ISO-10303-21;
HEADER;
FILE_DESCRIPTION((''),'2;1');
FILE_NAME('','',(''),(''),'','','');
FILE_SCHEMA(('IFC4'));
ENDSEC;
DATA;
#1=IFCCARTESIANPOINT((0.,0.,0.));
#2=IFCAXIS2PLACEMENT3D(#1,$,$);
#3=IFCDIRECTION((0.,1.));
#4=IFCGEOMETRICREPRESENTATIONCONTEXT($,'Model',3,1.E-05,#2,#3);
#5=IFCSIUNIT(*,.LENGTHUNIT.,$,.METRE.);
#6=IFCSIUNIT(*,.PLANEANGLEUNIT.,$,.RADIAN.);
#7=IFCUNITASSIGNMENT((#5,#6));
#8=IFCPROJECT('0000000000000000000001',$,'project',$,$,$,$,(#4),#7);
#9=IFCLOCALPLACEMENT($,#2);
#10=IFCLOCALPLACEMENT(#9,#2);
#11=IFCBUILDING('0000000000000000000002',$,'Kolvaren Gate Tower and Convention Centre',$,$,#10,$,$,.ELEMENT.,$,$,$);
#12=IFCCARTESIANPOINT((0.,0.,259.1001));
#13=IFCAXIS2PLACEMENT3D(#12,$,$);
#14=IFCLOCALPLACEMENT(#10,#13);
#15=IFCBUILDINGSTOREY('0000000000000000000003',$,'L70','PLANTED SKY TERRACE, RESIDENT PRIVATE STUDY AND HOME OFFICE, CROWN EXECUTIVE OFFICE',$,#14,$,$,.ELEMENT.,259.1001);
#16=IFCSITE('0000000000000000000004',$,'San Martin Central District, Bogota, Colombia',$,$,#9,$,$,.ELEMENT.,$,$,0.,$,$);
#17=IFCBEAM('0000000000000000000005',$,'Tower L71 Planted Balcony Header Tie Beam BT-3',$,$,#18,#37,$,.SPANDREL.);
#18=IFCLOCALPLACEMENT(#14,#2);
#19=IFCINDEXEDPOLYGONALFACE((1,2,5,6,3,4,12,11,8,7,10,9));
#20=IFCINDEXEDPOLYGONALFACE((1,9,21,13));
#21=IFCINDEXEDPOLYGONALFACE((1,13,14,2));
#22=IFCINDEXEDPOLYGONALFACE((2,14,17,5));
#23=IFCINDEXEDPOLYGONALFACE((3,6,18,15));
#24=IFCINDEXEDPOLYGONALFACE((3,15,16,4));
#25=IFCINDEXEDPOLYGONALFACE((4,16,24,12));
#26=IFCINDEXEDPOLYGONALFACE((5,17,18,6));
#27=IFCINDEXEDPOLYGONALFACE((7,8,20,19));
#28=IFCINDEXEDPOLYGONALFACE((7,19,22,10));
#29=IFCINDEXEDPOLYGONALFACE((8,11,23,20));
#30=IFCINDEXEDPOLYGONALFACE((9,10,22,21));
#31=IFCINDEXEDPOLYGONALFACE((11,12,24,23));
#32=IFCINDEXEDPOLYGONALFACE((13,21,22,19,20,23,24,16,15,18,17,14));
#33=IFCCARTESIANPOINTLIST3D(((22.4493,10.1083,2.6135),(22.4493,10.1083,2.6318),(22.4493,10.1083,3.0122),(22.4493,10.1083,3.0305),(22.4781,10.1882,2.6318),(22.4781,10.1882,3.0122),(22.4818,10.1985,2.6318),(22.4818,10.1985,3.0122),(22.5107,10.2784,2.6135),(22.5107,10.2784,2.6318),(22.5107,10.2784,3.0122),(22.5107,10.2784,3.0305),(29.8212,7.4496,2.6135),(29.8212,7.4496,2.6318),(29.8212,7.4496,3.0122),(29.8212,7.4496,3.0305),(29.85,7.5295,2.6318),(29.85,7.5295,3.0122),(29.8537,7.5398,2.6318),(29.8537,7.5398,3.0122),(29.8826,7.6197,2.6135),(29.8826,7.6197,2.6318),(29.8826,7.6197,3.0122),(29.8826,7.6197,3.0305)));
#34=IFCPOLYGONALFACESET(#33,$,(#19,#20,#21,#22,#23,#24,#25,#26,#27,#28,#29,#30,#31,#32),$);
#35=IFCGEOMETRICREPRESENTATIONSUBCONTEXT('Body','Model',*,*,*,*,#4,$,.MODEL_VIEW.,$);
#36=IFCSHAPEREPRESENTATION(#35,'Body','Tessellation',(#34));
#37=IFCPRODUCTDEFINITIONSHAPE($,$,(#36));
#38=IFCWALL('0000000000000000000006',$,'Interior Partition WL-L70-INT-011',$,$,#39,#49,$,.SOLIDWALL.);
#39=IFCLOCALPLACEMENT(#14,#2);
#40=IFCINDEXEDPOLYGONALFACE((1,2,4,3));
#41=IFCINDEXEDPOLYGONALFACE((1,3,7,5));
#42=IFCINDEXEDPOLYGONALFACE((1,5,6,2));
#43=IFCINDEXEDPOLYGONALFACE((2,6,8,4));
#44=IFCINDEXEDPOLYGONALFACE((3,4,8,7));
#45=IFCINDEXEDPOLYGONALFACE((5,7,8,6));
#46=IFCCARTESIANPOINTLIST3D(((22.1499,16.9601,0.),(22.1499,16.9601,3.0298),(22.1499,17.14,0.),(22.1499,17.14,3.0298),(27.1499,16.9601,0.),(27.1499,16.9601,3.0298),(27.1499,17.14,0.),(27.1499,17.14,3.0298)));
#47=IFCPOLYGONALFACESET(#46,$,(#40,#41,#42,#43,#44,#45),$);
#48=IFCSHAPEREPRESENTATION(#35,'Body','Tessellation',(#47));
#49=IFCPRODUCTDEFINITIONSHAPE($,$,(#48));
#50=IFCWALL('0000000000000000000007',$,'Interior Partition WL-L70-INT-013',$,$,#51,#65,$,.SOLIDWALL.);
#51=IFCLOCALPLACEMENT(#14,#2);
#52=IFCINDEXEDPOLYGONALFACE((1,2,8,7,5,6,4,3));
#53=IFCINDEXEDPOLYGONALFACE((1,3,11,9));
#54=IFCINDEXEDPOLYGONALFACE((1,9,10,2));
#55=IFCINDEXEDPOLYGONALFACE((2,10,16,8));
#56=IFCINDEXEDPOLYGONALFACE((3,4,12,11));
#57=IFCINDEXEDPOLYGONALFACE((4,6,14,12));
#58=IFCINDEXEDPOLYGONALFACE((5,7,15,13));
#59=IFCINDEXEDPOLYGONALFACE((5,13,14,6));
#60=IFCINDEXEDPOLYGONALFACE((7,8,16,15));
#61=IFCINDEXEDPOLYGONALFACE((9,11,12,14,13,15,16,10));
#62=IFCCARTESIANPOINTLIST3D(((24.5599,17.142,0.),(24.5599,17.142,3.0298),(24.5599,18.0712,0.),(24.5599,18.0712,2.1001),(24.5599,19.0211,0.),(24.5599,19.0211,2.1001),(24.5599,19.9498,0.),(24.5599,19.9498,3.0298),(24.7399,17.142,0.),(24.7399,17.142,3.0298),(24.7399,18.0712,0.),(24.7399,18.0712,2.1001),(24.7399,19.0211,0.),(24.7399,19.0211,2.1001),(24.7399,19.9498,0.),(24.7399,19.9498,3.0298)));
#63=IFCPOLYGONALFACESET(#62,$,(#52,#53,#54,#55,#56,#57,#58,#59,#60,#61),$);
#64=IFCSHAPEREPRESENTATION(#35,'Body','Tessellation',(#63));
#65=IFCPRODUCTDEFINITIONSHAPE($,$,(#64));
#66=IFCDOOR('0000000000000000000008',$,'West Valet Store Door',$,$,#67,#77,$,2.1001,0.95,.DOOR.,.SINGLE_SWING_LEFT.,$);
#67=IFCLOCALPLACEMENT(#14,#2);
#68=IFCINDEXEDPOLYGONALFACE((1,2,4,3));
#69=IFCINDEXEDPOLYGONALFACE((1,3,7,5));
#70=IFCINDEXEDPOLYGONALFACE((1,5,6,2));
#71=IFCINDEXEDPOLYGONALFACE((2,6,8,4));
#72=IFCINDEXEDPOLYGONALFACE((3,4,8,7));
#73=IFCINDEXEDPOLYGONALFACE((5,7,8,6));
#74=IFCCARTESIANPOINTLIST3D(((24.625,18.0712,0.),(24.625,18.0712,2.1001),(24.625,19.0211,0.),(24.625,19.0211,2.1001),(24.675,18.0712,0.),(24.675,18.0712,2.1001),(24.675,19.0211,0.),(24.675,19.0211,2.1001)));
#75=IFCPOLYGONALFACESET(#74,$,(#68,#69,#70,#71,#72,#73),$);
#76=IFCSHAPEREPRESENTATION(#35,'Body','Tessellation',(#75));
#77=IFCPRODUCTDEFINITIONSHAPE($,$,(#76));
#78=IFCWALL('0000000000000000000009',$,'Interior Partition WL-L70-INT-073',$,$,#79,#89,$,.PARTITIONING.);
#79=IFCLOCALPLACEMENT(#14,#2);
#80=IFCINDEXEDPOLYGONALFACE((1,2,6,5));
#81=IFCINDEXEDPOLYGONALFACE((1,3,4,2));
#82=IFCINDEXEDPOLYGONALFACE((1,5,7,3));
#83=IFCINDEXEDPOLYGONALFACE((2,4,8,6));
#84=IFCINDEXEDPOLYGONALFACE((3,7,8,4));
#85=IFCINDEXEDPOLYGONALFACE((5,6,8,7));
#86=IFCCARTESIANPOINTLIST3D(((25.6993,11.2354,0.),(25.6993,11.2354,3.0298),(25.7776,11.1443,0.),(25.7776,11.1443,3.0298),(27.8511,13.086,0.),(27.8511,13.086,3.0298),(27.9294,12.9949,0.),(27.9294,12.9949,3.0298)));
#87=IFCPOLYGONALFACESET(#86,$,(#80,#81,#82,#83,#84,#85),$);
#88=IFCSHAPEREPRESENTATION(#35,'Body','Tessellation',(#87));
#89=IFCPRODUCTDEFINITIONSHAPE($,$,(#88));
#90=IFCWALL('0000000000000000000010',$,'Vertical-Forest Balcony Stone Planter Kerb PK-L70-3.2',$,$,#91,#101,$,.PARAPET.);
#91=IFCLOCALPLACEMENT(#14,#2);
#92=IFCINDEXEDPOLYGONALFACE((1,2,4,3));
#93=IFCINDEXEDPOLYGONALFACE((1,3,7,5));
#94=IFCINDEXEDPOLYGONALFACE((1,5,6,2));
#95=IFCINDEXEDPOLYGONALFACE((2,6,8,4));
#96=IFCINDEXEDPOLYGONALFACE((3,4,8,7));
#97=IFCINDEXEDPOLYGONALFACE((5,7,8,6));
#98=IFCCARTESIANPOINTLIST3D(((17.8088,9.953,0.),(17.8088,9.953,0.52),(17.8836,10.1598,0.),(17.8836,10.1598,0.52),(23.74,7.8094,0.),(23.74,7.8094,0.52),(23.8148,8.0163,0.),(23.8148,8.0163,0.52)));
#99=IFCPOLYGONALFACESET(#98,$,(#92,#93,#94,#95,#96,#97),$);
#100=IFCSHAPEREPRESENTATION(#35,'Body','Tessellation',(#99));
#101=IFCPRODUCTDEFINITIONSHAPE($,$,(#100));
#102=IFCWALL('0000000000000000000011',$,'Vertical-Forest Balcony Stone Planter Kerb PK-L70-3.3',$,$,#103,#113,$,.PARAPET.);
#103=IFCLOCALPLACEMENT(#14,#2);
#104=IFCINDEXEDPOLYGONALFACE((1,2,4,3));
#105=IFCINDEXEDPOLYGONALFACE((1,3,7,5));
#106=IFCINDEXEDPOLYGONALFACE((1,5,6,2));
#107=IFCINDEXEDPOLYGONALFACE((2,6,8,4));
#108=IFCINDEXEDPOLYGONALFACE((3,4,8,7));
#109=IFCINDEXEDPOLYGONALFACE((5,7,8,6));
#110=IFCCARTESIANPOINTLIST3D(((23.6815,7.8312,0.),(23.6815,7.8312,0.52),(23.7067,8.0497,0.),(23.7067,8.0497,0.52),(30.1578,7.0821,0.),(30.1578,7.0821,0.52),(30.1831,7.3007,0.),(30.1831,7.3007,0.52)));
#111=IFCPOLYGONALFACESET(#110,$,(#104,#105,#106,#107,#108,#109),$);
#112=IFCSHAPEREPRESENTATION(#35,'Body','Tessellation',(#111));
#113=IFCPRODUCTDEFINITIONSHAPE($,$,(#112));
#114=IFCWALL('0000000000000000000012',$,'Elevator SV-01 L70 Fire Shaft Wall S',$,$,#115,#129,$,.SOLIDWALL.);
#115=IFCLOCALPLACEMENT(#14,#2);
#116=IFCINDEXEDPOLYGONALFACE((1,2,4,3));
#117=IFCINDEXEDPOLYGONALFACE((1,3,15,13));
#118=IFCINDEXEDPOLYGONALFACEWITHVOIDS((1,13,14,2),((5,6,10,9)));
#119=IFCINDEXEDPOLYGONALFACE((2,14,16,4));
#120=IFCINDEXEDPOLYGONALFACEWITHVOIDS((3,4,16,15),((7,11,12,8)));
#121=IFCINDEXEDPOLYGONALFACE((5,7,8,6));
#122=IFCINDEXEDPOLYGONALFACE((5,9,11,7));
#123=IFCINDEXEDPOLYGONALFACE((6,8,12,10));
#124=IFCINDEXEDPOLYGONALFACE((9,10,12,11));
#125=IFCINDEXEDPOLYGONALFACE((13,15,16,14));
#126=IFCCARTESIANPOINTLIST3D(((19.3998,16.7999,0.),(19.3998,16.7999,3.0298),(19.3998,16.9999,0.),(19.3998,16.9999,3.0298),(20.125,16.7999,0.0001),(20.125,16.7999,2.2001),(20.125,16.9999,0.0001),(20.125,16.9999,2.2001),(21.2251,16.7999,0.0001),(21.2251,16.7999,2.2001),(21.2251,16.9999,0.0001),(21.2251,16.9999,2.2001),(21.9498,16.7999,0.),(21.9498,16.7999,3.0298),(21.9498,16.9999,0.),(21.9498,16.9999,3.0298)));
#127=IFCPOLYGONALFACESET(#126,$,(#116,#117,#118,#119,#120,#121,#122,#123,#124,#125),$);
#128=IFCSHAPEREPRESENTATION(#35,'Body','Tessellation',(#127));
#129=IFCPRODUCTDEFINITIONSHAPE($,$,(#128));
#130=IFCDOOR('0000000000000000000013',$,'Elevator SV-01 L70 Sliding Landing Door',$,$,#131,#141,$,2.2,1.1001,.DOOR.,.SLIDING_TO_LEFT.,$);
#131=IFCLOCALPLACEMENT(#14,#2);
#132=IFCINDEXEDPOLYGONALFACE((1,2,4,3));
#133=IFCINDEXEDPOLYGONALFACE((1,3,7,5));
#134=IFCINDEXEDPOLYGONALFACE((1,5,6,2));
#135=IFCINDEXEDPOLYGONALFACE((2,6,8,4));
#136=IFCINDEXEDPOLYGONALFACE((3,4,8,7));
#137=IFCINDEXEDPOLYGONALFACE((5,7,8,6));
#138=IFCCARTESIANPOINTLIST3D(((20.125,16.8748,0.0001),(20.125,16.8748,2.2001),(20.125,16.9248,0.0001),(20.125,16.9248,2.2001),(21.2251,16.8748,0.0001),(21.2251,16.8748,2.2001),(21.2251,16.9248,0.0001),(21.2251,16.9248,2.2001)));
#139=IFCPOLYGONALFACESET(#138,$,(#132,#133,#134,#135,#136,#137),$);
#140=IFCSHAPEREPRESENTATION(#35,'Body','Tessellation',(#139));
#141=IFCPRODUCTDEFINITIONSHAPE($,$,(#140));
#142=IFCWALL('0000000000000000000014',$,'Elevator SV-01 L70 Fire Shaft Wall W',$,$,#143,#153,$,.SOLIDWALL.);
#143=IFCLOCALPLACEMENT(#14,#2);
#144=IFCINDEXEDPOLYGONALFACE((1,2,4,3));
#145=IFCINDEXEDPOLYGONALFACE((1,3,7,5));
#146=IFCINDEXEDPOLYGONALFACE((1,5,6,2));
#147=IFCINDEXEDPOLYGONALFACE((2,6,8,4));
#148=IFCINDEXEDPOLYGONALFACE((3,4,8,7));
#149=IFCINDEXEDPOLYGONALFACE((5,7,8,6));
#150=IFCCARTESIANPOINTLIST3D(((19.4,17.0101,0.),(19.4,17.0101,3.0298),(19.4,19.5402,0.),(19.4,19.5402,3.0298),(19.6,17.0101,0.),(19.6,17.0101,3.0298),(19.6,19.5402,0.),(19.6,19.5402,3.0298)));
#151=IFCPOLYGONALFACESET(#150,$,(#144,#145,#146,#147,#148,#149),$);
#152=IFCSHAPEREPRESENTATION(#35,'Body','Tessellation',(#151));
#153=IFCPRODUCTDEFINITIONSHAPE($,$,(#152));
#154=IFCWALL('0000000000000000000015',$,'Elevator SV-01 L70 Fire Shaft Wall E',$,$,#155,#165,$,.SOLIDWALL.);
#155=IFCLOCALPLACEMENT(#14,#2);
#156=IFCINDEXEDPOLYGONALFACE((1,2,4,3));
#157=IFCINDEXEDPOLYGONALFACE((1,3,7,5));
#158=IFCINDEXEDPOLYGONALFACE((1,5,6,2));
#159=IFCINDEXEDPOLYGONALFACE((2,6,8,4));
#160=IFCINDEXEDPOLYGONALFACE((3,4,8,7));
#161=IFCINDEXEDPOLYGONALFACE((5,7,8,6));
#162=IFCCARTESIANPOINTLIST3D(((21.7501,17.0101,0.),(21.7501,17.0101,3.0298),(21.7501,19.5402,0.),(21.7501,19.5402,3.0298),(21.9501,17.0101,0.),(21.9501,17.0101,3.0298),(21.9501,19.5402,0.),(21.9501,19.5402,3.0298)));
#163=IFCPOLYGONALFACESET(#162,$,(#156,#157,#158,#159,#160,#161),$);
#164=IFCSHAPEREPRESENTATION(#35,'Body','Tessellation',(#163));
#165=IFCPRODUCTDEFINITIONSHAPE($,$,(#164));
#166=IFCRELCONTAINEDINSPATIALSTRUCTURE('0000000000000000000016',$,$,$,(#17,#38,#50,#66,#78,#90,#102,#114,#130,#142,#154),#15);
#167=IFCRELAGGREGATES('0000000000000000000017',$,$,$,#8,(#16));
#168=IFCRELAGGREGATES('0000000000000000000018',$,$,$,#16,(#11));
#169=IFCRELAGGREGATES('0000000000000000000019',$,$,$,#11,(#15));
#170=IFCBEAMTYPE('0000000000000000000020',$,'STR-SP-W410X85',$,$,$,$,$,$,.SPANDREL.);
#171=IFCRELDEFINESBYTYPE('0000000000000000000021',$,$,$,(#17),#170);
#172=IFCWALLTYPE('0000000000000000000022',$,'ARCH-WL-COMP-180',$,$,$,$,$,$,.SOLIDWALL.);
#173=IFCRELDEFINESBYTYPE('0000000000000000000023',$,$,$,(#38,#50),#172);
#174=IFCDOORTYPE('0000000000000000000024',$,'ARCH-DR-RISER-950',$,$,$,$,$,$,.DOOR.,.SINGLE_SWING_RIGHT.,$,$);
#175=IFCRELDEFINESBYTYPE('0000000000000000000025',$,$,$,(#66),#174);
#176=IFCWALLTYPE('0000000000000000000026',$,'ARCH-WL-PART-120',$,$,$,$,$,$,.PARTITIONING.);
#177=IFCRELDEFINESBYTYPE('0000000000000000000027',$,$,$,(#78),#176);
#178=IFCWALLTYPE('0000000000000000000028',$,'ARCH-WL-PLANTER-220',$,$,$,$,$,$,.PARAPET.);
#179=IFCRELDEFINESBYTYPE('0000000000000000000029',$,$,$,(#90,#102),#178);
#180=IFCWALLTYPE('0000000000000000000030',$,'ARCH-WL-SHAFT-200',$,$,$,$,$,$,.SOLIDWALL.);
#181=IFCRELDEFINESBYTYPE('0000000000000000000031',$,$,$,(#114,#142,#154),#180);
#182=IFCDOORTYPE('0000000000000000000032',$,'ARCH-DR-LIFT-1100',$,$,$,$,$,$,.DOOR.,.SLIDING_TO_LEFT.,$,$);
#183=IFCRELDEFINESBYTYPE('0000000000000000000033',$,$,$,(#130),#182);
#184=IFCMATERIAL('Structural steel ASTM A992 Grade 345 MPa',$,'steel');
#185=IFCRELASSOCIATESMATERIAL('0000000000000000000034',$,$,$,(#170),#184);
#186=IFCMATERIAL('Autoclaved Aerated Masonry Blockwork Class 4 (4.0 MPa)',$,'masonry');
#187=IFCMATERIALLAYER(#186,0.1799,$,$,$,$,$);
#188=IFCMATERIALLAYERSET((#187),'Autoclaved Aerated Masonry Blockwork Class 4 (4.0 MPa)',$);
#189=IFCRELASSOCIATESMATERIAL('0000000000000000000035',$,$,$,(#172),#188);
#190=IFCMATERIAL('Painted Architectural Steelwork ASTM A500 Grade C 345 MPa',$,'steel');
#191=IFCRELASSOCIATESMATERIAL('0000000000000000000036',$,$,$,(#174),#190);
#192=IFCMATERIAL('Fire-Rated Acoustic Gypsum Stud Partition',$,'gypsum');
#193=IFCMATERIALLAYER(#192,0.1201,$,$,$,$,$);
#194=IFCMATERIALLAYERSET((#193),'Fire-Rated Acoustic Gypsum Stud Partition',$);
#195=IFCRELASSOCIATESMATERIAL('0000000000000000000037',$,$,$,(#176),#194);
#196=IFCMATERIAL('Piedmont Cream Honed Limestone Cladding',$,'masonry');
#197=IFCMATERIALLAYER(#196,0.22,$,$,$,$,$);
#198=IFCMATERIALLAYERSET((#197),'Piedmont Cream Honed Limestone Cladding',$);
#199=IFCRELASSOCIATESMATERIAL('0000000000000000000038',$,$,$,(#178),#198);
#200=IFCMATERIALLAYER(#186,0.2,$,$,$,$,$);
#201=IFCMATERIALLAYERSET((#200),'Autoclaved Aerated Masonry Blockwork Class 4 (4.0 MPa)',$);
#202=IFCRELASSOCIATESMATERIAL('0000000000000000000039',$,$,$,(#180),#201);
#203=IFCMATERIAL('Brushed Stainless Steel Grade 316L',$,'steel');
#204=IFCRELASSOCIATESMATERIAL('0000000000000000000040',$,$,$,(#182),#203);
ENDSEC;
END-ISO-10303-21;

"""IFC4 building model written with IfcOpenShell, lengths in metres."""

from ifc_helpers import new_model, si_unit, direction, frame, frame_2d, origin, origin_2d, place, context, subcontext, project, spatial, rectangle, i_section, extrude, material, layer, layer_set, material_profile, profile_set, type_object, element, fill, save


model = new_model("IFC4")

# Units and contexts
model_context = context("Model", 3, precision=1e-05, world=origin(), true_north=direction((0.0, 1.0)))
body_context = subcontext(model_context, "Body", "Model", "MODEL_VIEW")
ifc_project = project(units=[si_unit("LENGTHUNIT", "METRE"), si_unit("PLANEANGLEUNIT", "RADIAN")], contexts=[model_context])

# Site, building, storey
site_placement = place(None, origin())
site = spatial("IfcSite", under=ifc_project, at=site_placement, Name="San Martin Central District, Bogota, Colombia", CompositionType="ELEMENT", RefElevation=0.0)
building_placement = place(site_placement, origin())
building = spatial("IfcBuilding", under=site, at=building_placement, Name="Kolvaren Gate Tower and Convention Centre", CompositionType="ELEMENT")
storey_placement = place(building_placement, frame((0.0, 0.0, 259.1001)))
storey = spatial("IfcBuildingStorey", under=building, at=storey_placement, Name="L70", Description="PLANTED SKY TERRACE, RESIDENT PRIVATE STUDY AND HOME OFFICE, CROWN EXECUTIVE OFFICE", CompositionType="ELEMENT", Elevation=259.1001)

# Beam
ifc_material_1 = material(Name="Structural steel ASTM A992 Grade 345 MPa", Category="steel")
ifc_material_profile_1 = material_profile(ifc_material_1, i_section(OverallWidth=0.1809, OverallDepth=0.417, WebThickness=0.011, FlangeThickness=0.0183, at=origin_2d()), Name="W410X85")
ifc_profile_set_1 = profile_set([ifc_material_profile_1], Name="Structural steel ASTM A992 Grade 345 MPa")
beam_type_1 = type_object("IfcBeamType", Name="STR-SP-W410X85", PredefinedType="SPANDREL", material=ifc_profile_set_1)
beam_1_placement = place(storey_placement, frame((22.48, 10.1934, 2.822), z_axis=(0.940691, -0.339265, 0.0), x_axis=(0.339265, 0.940691, 0.0)))
element("IfcBeam", 1, at=beam_1_placement, inside=storey, type_object=beam_type_1, Name="Tower L71 Planted Balcony Header Tie Beam BT-3", PredefinedType="SPANDREL", context=body_context, shape_type="SweptSolid", body=[
    extrude(i_section(OverallWidth=0.1809, OverallDepth=0.417, WebThickness=0.011, FlangeThickness=0.0183, at=origin_2d()), origin(), (0.0, 0.0, 1.0), 7.8367),
])

# Wall
ifc_material_2 = material(Name="Autoclaved Aerated Masonry Blockwork Class 4 (4.0 MPa)", Category="masonry")
ifc_layer_1 = layer(ifc_material_2, 0.1799)
ifc_layer_set_1 = layer_set([ifc_layer_1], Name="Autoclaved Aerated Masonry Blockwork Class 4 (4.0 MPa)")
wall_type_1 = type_object("IfcWallType", Name="ARCH-WL-COMP-180", PredefinedType="SOLIDWALL", material=ifc_layer_set_1)
wall_1_placement = place(storey_placement, frame((22.1499, 17.05, 0.0), z_axis=(0.0, 0.0, 1.0), x_axis=(1.0, 0.0, 0.0)))
element("IfcWall", 2, at=wall_1_placement, inside=storey, type_object=wall_type_1, Name="Interior Partition WL-L70-INT-011", PredefinedType="SOLIDWALL", context=body_context, shape_type="SweptSolid", body=[
    extrude(rectangle(XDim=5.0, YDim=0.1799, at=frame_2d((2.5, 0.0))), origin(), (0.0, 0.0, 1.0), 3.0298),
])

# Wall, opening, door
wall_2_placement = place(storey_placement, frame((24.6499, 17.1421, 0.0), z_axis=(0.0, 0.0, 1.0), x_axis=(0.0, 1.0, 0.0)))
wall_2 = element("IfcWall", 3, at=wall_2_placement, inside=storey, type_object=wall_type_1, Name="Interior Partition WL-L70-INT-013", PredefinedType="SOLIDWALL", context=body_context, shape_type="SweptSolid", body=[
    extrude(rectangle(XDim=2.8079, YDim=0.1799, at=frame_2d((1.4038, 0.0))), origin(), (0.0, 0.0, 1.0), 3.0298),
])
opening_1_placement = place(wall_2_placement, frame((0.929, 0.0, 0.0)))
opening_1 = element("IfcOpeningElement", 4, at=opening_1_placement, cuts=wall_2, PredefinedType="OPENING", context=body_context, shape_type="SweptSolid", body=[
    extrude(rectangle(XDim=0.95, YDim=2.1001, at=frame_2d((0.4751, 1.05))), frame((0.0, 0.0999, 0.0), z_axis=(0.0, -1.0, 0.0), x_axis=(1.0, 0.0, 0.0)), (0.0, 0.0, 1.0), 0.2),
])
ifc_material_3 = material(Name="Painted Architectural Steelwork ASTM A500 Grade C 345 MPa", Category="steel")
door_type_1 = type_object("IfcDoorType", Name="ARCH-DR-RISER-950", OperationType="SINGLE_SWING_RIGHT", PredefinedType="DOOR", material=ifc_material_3)
door_1_placement = place(opening_1_placement, origin())
door_1 = element("IfcDoor", 5, at=door_1_placement, inside=storey, type_object=door_type_1, Name="West Valet Store Door", OperationType="SINGLE_SWING_LEFT", OverallHeight=2.1001, OverallWidth=0.95, PredefinedType="DOOR", context=body_context, shape_type="SweptSolid", body=[
    extrude(rectangle(XDim=0.95, YDim=2.1001, at=frame_2d((0.4751, 1.05))), frame((0.0, 0.0249, 0.0), z_axis=(0.0, -1.0, 0.0), x_axis=(1.0, 0.0, 0.0)), (0.0, 0.0, 1.0), 0.05),
])
fill(opening_1, door_1)

# Walls
ifc_material_4 = material(Name="Fire-Rated Acoustic Gypsum Stud Partition", Category="gypsum")
ifc_layer_2 = layer(ifc_material_4, 0.1201)
ifc_layer_set_2 = layer_set([ifc_layer_2], Name="Fire-Rated Acoustic Gypsum Stud Partition")
wall_type_2 = type_object("IfcWallType", Name="ARCH-WL-PART-120", PredefinedType="PARTITIONING", material=ifc_layer_set_2)
wall_3_placement = place(storey_placement, frame((25.7385, 11.1899, 0.0), z_axis=(0.0, 0.0, 1.0), x_axis=(0.758187, 0.652037, 0.0)))
element("IfcWall", 6, at=wall_3_placement, inside=storey, type_object=wall_type_2, Name="Interior Partition WL-L70-INT-073", PredefinedType="PARTITIONING", context=body_context, shape_type="SweptSolid", body=[
    extrude(rectangle(XDim=2.8381, YDim=0.1201, at=frame_2d((1.4189, 0.0))), origin(), (0.0, 0.0, 1.0), 3.0298),
])
ifc_material_5 = material(Name="Piedmont Cream Honed Limestone Cladding", Category="masonry")
ifc_layer_3 = layer(ifc_material_5, 0.22)
ifc_layer_set_3 = layer_set([ifc_layer_3], Name="Piedmont Cream Honed Limestone Cladding")
wall_type_3 = type_object("IfcWallType", Name="ARCH-WL-PLANTER-220", PredefinedType="PARAPET", material=ifc_layer_set_3)
wall_4_placement = place(storey_placement, frame((17.8462, 10.0564, 0.0), z_axis=(0.0, 0.0, 1.0), x_axis=(0.940465, -0.33989, 0.0)))
element("IfcWall", 7, at=wall_4_placement, inside=storey, type_object=wall_type_3, Name="Vertical-Forest Balcony Stone Planter Kerb PK-L70-3.2", PredefinedType="PARAPET", context=body_context, shape_type="SweptSolid", body=[
    extrude(rectangle(XDim=6.3066, YDim=0.22, at=frame_2d((3.1533, 0.0))), origin(), (0.0, 0.0, 1.0), 0.52),
])
wall_5_placement = place(storey_placement, frame((23.6941, 7.9404, 0.0), z_axis=(0.0, 0.0, 1.0), x_axis=(0.993378, -0.11489, 0.0)))
element("IfcWall", 8, at=wall_5_placement, inside=storey, type_object=wall_type_3, Name="Vertical-Forest Balcony Stone Planter Kerb PK-L70-3.3", PredefinedType="PARAPET", context=body_context, shape_type="SweptSolid", body=[
    extrude(rectangle(XDim=6.5195, YDim=0.22, at=frame_2d((3.2598, 0.0))), origin(), (0.0, 0.0, 1.0), 0.52),
])

# Wall, opening, door
ifc_layer_4 = layer(ifc_material_2, 0.2)
ifc_layer_set_4 = layer_set([ifc_layer_4], Name="Autoclaved Aerated Masonry Blockwork Class 4 (4.0 MPa)")
wall_type_4 = type_object("IfcWallType", Name="ARCH-WL-SHAFT-200", PredefinedType="SOLIDWALL", material=ifc_layer_set_4)
wall_6_placement = place(storey_placement, frame((19.3999, 16.8999, 0.0), z_axis=(0.0, 0.0, 1.0), x_axis=(1.0, 0.0, 0.0)))
wall_6 = element("IfcWall", 9, at=wall_6_placement, inside=storey, type_object=wall_type_4, Name="Elevator SV-01 L70 Fire Shaft Wall S", PredefinedType="SOLIDWALL", context=body_context, shape_type="SweptSolid", body=[
    extrude(rectangle(XDim=2.55, YDim=0.2, at=frame_2d((1.2749, 0.0))), origin(), (0.0, 0.0, 1.0), 3.0298),
])
opening_2_placement = place(wall_6_placement, frame((0.7251, 0.0, 0.0)))
opening_2 = element("IfcOpeningElement", 10, at=opening_2_placement, cuts=wall_6, PredefinedType="OPENING", context=body_context, shape_type="SweptSolid", body=[
    extrude(rectangle(XDim=1.1001, YDim=2.2, at=frame_2d((0.55, 1.1001))), frame((0.0, 0.1099, 0.0), z_axis=(0.0, -1.0, 0.0), x_axis=(1.0, 0.0, 0.0)), (0.0, 0.0, 1.0), 0.22),
])
ifc_material_6 = material(Name="Brushed Stainless Steel Grade 316L", Category="steel")
door_type_2 = type_object("IfcDoorType", Name="ARCH-DR-LIFT-1100", OperationType="SLIDING_TO_LEFT", PredefinedType="DOOR", material=ifc_material_6)
door_2_placement = place(opening_2_placement, origin())
door_2 = element("IfcDoor", 11, at=door_2_placement, inside=storey, type_object=door_type_2, Name="Elevator SV-01 L70 Sliding Landing Door", OperationType="SLIDING_TO_LEFT", OverallHeight=2.2, OverallWidth=1.1001, PredefinedType="DOOR", context=body_context, shape_type="SweptSolid", body=[
    extrude(rectangle(XDim=1.1001, YDim=2.2, at=frame_2d((0.55, 1.1001))), frame((0.0, 0.0249, 0.0), z_axis=(0.0, -1.0, 0.0), x_axis=(1.0, 0.0, 0.0)), (0.0, 0.0, 1.0), 0.05),
])
fill(opening_2, door_2)

# Walls
for number, where, z_axis, x_axis, name in (
    (12, (19.5, 17.01, 0.0), (0.0, 0.0, 1.0), (0.0, 1.0, 0.0), "Elevator SV-01 L70 Fire Shaft Wall W"),
    (13, (21.8501, 17.01, 0.0), (0.0, 0.0, 1.0), (0.0, 1.0, 0.0), "Elevator SV-01 L70 Fire Shaft Wall E"),
):
    element("IfcWall", number, at=place(storey_placement, frame(where, z_axis=z_axis, x_axis=x_axis)), inside=storey, type_object=wall_type_4, Name=name, PredefinedType="SOLIDWALL", context=body_context, shape_type="SweptSolid", body=[
        extrude(rectangle(XDim=2.53, YDim=0.2, at=frame_2d((1.2651, 0.0))), origin(), (0.0, 0.0, 1.0), 3.0298),
    ])

save(model, "model.ifc")
